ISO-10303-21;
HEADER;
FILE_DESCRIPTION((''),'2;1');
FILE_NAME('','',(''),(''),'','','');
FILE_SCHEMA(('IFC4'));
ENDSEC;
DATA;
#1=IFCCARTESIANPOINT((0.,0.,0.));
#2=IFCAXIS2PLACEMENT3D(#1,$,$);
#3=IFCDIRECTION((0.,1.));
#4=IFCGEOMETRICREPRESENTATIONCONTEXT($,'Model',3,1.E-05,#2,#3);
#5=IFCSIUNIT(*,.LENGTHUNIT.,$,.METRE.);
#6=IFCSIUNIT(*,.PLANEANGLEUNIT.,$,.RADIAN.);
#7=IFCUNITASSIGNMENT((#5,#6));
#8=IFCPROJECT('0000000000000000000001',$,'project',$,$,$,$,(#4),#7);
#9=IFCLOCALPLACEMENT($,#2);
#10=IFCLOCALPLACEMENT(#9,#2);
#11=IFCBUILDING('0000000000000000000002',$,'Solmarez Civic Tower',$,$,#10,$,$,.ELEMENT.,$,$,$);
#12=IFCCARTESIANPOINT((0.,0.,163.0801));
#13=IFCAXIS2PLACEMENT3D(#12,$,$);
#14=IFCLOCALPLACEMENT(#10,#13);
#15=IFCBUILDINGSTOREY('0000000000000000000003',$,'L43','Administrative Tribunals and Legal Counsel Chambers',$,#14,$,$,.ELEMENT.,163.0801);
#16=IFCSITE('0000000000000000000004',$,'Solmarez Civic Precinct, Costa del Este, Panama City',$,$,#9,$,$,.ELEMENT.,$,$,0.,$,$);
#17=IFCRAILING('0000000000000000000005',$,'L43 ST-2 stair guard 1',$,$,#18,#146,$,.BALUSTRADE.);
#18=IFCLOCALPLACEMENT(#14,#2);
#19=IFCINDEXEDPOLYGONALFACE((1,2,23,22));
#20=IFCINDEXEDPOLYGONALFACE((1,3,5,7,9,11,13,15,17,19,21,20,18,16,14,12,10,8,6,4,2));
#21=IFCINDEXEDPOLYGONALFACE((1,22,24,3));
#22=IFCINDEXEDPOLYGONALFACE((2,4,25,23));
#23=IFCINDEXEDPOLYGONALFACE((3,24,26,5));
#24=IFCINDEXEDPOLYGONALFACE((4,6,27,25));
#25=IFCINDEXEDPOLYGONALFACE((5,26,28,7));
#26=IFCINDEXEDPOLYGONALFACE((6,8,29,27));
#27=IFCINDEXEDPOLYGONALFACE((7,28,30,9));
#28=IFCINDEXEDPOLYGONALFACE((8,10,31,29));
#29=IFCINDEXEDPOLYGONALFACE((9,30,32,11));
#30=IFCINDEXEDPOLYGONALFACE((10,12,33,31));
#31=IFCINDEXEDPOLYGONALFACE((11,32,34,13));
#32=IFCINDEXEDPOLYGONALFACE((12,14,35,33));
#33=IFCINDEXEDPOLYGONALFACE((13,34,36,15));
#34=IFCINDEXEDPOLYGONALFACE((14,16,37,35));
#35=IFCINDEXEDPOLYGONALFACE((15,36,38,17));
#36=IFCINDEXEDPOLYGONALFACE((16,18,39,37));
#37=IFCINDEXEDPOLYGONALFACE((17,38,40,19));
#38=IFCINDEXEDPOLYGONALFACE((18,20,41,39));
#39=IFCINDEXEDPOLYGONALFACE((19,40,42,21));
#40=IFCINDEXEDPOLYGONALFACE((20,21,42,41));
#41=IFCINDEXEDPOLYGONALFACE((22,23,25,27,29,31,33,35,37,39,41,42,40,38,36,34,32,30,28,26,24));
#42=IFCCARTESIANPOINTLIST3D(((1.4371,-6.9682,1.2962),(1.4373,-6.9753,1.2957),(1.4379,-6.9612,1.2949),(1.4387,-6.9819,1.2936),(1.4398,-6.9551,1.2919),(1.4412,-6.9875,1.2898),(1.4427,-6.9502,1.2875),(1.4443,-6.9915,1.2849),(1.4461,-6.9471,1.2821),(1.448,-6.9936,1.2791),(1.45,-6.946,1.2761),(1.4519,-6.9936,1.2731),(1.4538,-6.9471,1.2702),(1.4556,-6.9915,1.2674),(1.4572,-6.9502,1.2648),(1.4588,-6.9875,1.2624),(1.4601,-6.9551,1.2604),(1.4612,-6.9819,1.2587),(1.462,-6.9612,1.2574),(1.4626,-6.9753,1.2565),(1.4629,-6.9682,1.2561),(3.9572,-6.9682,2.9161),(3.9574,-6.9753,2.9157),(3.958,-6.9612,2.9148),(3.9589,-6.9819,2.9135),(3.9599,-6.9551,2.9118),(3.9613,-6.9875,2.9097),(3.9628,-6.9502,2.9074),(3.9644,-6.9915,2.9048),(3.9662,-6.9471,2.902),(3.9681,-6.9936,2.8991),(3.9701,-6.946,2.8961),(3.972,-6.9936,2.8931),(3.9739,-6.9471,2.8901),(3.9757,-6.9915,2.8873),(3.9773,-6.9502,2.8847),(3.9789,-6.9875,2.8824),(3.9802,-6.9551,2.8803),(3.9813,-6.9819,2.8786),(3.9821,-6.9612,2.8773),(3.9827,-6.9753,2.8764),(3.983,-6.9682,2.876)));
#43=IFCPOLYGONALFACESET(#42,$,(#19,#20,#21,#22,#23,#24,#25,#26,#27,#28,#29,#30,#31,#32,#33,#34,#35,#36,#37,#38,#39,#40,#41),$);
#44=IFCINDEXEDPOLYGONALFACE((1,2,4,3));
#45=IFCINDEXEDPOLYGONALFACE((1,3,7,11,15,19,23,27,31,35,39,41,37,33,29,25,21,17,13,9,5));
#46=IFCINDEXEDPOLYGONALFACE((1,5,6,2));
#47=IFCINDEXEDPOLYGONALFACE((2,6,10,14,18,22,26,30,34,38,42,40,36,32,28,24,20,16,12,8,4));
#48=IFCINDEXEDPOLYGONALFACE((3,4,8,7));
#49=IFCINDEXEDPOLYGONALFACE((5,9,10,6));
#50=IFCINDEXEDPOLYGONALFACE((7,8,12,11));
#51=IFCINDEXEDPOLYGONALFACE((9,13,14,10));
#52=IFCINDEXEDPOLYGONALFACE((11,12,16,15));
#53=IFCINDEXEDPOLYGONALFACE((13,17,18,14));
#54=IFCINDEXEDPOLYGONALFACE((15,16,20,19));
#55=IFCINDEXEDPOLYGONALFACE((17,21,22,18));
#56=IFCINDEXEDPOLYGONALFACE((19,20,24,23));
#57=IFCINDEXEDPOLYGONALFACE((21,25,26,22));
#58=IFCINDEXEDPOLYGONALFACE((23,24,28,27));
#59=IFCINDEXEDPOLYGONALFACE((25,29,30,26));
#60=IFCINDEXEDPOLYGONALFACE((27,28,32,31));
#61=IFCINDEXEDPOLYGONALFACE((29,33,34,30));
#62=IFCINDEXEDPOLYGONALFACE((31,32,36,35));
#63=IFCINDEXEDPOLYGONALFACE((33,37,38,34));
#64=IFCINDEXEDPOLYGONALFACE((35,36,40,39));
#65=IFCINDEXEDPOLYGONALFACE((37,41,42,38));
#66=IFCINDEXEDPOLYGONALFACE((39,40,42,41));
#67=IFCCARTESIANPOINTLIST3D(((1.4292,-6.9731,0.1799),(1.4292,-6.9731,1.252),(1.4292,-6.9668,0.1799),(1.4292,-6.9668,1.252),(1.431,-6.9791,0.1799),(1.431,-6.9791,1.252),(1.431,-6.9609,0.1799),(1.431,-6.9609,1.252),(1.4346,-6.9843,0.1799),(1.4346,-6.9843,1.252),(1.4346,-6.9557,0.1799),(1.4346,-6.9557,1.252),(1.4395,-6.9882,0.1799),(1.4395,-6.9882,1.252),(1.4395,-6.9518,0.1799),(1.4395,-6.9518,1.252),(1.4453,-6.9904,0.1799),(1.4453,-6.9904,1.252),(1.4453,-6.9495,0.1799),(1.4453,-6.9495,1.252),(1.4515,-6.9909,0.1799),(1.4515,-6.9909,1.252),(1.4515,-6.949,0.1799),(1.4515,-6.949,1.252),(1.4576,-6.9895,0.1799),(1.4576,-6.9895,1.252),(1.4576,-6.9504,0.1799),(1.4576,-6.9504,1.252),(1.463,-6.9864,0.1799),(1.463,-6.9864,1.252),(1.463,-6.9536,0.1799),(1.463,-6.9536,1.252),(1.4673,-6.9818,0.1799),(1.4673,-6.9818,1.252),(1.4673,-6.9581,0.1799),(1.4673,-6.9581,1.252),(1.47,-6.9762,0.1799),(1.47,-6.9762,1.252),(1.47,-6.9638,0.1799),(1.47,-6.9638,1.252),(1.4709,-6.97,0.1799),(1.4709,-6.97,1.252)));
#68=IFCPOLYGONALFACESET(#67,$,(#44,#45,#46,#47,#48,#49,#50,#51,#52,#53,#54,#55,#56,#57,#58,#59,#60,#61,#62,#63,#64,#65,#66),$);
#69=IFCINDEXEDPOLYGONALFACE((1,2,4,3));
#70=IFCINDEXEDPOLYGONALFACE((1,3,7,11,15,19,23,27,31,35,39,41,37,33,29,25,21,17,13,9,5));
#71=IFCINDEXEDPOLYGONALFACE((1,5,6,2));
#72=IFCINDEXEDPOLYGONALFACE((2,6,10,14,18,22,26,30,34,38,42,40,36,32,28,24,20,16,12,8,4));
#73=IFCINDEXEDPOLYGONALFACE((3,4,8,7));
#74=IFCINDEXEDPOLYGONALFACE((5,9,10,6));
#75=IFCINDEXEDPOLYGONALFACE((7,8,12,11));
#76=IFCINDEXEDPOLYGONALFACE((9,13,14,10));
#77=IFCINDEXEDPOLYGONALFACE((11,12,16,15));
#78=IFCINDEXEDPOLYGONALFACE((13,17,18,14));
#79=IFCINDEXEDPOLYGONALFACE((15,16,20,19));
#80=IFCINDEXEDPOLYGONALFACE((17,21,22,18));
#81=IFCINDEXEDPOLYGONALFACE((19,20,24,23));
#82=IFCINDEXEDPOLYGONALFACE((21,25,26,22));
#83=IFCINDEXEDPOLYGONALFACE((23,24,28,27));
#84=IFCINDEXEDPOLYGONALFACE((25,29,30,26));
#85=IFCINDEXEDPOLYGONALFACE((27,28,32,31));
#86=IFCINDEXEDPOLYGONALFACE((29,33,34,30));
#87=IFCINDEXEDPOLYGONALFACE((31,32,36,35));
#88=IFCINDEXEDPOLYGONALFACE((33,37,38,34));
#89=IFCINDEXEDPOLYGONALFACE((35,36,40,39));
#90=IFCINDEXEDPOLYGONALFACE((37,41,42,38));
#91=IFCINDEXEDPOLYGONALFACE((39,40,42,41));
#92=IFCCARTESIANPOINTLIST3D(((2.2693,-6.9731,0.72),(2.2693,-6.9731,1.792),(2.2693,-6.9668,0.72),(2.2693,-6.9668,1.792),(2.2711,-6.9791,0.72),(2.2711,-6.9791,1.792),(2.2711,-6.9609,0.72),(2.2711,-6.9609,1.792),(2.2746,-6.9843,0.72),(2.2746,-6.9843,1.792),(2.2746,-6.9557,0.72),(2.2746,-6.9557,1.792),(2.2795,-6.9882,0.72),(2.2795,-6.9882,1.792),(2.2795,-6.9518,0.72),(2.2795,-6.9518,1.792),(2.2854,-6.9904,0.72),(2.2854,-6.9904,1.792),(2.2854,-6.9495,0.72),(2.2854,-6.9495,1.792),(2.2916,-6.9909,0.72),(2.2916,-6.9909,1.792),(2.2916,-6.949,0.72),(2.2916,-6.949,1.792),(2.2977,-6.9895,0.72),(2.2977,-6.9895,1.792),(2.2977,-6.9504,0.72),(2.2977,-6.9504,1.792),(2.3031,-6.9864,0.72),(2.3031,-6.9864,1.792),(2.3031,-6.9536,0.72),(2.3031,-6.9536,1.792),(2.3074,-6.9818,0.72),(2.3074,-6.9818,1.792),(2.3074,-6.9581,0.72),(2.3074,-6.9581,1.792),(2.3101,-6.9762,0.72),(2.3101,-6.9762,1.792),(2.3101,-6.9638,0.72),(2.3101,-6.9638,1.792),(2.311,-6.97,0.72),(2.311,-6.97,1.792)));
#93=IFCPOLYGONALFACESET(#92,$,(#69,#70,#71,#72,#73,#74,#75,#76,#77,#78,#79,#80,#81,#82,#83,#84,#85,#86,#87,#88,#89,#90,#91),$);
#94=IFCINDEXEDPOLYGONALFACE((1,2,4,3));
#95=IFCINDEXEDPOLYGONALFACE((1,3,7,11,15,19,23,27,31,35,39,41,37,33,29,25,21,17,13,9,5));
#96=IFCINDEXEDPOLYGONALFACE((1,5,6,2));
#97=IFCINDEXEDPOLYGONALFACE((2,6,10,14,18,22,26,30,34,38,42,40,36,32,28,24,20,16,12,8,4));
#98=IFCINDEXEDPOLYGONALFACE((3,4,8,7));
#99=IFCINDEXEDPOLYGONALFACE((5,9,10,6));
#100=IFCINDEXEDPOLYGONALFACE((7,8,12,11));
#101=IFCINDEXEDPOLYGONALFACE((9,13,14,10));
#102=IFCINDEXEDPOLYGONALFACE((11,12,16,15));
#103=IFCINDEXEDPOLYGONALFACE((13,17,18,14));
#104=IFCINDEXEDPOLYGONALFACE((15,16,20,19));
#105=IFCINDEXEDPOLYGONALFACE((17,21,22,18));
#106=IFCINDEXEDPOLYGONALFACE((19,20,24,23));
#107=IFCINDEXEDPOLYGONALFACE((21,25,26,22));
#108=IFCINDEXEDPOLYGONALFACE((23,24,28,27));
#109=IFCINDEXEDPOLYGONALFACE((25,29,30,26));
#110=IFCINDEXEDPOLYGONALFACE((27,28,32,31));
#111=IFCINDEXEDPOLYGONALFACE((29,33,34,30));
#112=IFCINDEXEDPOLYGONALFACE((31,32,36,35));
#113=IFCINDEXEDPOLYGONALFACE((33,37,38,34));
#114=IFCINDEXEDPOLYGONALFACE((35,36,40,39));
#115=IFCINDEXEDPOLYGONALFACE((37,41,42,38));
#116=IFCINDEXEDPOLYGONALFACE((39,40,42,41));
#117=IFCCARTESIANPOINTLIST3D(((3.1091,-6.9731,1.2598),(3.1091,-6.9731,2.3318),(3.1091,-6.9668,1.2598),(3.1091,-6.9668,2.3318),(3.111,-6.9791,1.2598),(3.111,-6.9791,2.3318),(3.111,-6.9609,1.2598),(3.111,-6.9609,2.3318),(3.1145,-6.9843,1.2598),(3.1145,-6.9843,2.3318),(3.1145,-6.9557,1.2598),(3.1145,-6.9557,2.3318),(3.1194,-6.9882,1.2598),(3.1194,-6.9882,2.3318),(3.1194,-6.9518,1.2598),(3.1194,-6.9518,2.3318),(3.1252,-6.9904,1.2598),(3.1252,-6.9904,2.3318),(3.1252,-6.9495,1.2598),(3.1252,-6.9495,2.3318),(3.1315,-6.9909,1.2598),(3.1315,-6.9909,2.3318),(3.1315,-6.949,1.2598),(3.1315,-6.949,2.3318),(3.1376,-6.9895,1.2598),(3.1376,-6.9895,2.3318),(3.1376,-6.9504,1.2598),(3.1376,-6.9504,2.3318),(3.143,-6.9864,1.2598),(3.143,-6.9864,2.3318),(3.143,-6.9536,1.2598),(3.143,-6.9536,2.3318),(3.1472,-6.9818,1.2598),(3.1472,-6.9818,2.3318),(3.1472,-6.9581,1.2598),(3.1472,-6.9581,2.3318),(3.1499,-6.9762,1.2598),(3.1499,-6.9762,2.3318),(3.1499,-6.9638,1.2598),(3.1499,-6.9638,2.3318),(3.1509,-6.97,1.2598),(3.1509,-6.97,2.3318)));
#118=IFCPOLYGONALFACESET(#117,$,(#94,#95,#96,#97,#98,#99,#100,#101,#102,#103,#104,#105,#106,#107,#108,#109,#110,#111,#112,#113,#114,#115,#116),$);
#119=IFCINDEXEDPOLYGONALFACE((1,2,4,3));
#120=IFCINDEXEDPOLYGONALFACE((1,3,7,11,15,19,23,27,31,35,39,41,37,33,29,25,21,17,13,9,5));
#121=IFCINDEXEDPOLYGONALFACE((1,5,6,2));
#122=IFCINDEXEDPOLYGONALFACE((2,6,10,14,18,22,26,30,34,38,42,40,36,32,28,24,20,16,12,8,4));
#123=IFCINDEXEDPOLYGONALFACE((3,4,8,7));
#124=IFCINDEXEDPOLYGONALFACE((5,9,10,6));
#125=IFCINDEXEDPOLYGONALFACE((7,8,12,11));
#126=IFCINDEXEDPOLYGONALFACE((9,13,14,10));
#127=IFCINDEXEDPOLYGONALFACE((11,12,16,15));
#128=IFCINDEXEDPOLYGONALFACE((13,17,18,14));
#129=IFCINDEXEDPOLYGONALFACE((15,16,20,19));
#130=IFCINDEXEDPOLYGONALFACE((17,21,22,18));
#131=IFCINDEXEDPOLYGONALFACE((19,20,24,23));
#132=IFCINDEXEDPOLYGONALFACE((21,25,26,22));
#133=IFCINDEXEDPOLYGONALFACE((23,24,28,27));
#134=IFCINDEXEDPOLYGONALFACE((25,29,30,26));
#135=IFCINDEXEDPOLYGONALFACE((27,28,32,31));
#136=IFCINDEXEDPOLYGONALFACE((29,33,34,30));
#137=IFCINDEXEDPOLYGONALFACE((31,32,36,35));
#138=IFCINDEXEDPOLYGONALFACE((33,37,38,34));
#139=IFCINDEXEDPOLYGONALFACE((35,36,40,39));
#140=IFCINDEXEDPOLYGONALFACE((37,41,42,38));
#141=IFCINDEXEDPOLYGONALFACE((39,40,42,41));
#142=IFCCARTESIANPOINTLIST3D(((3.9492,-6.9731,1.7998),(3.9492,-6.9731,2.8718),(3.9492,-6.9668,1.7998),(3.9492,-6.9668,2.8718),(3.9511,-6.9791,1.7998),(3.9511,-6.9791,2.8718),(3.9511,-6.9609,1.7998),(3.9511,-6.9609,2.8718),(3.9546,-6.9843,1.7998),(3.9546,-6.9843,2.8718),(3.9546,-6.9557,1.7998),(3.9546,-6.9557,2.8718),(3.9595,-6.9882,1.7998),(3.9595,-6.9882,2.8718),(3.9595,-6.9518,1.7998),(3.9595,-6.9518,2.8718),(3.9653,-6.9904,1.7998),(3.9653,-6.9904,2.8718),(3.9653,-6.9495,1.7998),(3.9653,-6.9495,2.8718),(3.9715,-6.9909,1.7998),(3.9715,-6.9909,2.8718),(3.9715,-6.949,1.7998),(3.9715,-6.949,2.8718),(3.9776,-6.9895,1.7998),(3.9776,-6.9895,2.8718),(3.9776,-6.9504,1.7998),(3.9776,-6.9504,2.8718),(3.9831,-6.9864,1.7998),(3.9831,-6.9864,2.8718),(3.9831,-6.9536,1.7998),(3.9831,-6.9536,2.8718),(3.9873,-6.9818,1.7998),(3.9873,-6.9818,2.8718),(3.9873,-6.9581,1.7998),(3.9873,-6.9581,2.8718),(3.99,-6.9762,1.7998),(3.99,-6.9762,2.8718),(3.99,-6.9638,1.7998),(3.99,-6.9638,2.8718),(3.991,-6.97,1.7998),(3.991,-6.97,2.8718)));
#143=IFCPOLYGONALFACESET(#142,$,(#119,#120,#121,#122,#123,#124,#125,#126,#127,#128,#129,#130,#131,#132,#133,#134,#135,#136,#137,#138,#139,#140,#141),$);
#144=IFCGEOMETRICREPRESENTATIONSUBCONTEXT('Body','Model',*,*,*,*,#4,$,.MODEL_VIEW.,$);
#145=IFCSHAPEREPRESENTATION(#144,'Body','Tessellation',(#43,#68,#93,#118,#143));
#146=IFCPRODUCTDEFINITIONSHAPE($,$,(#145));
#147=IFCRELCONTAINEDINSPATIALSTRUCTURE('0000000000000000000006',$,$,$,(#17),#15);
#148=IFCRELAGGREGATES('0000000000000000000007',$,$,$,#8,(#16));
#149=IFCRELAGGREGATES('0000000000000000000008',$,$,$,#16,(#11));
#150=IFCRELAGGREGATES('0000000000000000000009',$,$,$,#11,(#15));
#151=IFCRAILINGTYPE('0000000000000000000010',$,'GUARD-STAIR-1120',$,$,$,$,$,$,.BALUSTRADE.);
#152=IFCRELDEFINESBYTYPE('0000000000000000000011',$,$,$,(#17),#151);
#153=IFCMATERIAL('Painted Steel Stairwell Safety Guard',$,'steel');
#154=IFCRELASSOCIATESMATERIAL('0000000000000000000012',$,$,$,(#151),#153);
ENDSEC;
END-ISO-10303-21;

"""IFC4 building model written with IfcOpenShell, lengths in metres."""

from ifc_helpers import new_model, si_unit, direction, frame, origin, origin_2d, place, context, subcontext, project, spatial, circle, extrude, material, type_object, element, save


model = new_model("IFC4")

# Units and contexts
model_context = context("Model", 3, precision=1e-05, world=origin(), true_north=direction((0.0, 1.0)))
body_context = subcontext(model_context, "Body", "Model", "MODEL_VIEW")
ifc_project = project(units=[si_unit("LENGTHUNIT", "METRE"), si_unit("PLANEANGLEUNIT", "RADIAN")], contexts=[model_context])

# Site, building, storey
site_placement = place(None, origin())
site = spatial("IfcSite", under=ifc_project, at=site_placement, Name="Solmarez Civic Precinct, Costa del Este, Panama City", CompositionType="ELEMENT", RefElevation=0.0)
building_placement = place(site_placement, origin())
building = spatial("IfcBuilding", under=site, at=building_placement, Name="Solmarez Civic Tower", CompositionType="ELEMENT")
storey_placement = place(building_placement, frame((0.0, 0.0, 163.0801)))
storey = spatial("IfcBuildingStorey", under=building, at=storey_placement, Name="L43", Description="Administrative Tribunals and Legal Counsel Chambers", CompositionType="ELEMENT", Elevation=163.0801)

# Railing
ifc_material_1 = material(Name="Painted Steel Stairwell Safety Guard", Category="steel")
railing_type_1 = type_object("IfcRailingType", Name="GUARD-STAIR-1120", PredefinedType="BALUSTRADE", material=ifc_material_1)
railing_1_placement = place(storey_placement, frame((1.45, -6.97, 0.1799)))
element("IfcRailing", 1, at=railing_1_placement, inside=storey, type_object=railing_type_1, Name="L43 ST-2 stair guard 1", PredefinedType="BALUSTRADE", context=body_context, shape_type="SweptSolid", body=[
    extrude(circle(Radius=0.0239, at=origin_2d()), frame((0.0, 0.0, 1.0962), z_axis=(0.8412, 0.0, 0.540725), x_axis=(0.0, 1.0, 0.0)), (0.0, 0.0, 1.0), 2.9958),
    extrude(circle(Radius=0.021, at=origin_2d()), origin(), (0.0, 0.0, 1.0), 1.072),
    extrude(circle(Radius=0.021, at=origin_2d()), frame((0.8401, 0.0, 0.54)), (0.0, 0.0, 1.0), 1.072),
    extrude(circle(Radius=0.021, at=origin_2d()), frame((1.6799, 0.0, 1.0798)), (0.0, 0.0, 1.0), 1.072),
    extrude(circle(Radius=0.021, at=origin_2d()), frame((2.52, 0.0, 1.6199)), (0.0, 0.0, 1.0), 1.072),
])

save(model, "model.ifc")
